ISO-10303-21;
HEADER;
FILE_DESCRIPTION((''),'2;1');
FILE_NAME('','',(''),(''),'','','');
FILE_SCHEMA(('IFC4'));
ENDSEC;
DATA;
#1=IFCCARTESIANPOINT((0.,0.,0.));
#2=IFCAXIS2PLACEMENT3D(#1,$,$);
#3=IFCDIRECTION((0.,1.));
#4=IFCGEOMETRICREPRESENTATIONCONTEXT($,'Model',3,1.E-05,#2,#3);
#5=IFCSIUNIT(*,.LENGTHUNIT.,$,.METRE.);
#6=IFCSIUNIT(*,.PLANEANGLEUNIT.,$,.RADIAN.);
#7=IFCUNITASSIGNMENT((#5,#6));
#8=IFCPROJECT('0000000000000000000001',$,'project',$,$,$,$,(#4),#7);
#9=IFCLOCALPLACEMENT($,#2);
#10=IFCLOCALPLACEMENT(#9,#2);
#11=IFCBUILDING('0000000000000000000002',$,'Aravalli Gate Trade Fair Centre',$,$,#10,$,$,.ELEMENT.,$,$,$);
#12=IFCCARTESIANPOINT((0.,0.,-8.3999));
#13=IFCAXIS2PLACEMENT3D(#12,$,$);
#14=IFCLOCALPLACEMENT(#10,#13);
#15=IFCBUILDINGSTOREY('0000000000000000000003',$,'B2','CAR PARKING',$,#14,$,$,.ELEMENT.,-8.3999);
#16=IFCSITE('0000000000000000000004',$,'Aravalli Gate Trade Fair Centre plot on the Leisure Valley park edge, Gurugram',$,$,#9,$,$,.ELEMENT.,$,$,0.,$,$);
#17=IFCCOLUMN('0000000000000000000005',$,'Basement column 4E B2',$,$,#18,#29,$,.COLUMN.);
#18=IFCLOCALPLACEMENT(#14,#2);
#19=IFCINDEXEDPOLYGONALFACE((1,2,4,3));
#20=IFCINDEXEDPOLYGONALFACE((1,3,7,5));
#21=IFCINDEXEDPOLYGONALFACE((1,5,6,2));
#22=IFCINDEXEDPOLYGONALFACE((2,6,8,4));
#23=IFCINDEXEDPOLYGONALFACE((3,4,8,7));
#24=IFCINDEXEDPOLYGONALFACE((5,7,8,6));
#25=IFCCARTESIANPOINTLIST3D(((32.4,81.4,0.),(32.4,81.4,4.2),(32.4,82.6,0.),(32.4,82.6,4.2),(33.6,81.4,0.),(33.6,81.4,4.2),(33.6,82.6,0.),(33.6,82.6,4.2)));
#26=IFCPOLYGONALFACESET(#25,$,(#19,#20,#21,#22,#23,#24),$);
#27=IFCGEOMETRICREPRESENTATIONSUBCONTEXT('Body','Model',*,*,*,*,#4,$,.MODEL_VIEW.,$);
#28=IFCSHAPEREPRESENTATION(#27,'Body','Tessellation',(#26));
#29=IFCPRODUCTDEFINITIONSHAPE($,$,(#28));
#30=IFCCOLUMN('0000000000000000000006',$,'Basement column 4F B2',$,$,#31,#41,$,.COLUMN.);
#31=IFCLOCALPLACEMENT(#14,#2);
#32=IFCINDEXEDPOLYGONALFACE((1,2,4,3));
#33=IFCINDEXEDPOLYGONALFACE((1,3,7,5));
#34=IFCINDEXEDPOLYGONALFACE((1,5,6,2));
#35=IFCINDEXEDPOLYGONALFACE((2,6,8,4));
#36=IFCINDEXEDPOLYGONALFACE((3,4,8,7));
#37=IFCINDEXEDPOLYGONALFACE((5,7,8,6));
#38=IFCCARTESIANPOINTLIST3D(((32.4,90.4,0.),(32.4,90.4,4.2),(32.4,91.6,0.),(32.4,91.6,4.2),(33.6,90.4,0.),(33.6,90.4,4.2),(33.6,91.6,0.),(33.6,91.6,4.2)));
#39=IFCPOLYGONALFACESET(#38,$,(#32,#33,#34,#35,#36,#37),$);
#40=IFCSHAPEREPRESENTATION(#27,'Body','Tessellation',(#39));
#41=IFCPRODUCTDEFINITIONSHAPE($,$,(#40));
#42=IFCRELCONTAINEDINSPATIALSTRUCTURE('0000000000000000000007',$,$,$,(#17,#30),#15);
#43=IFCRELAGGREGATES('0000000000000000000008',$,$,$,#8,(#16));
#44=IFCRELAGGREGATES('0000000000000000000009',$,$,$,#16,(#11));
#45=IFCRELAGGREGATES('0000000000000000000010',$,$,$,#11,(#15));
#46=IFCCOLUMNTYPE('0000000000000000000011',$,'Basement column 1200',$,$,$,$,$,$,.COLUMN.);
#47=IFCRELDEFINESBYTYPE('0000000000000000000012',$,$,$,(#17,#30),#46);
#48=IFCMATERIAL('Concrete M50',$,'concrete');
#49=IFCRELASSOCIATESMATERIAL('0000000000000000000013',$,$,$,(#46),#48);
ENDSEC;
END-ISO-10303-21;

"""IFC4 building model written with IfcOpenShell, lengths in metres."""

from ifc_helpers import new_model, si_unit, direction, frame, origin, origin_2d, place, context, subcontext, project, spatial, rectangle, extrude, material, material_profile, profile_set, type_object, element, save


model = new_model("IFC4")

# Units and contexts
model_context = context("Model", 3, precision=1e-05, world=origin(), true_north=direction((0.0, 1.0)))
body_context = subcontext(model_context, "Body", "Model", "MODEL_VIEW")
ifc_project = project(units=[si_unit("LENGTHUNIT", "METRE"), si_unit("PLANEANGLEUNIT", "RADIAN")], contexts=[model_context])

# Site, building, storey
site_placement = place(None, origin())
site = spatial("IfcSite", under=ifc_project, at=site_placement, Name="Aravalli Gate Trade Fair Centre plot on the Leisure Valley park edge, Gurugram", CompositionType="ELEMENT", RefElevation=0.0)
building_placement = place(site_placement, origin())
building = spatial("IfcBuilding", under=site, at=building_placement, Name="Aravalli Gate Trade Fair Centre", CompositionType="ELEMENT")
storey_placement = place(building_placement, frame((0.0, 0.0, -8.3999)))
storey = spatial("IfcBuildingStorey", under=building, at=storey_placement, Name="B2", Description="CAR PARKING", CompositionType="ELEMENT", Elevation=-8.3999)

# Columns
ifc_material_1 = material(Name="Concrete M50", Category="concrete")
ifc_material_profile_1 = material_profile(ifc_material_1, rectangle(XDim=1.2, YDim=1.2, at=origin_2d()), Name="RC 1200 x 1200")
ifc_profile_set_1 = profile_set([ifc_material_profile_1], Name="Concrete M50")
column_type = type_object("IfcColumnType", Name="Basement column 1200", PredefinedType="COLUMN", material=ifc_profile_set_1)
for number, where, z_axis, x_axis, name in (
    (1, (33.0, 82.0, 0.0), (0.0, 0.0, 1.0), (1.0, 0.0, 0.0), "Basement column 4E B2"),
    (2, (33.0, 91.0, 0.0), (0.0, 0.0, 1.0), (1.0, 0.0, 0.0), "Basement column 4F B2"),
):
    element("IfcColumn", number, at=place(storey_placement, frame(where, z_axis=z_axis, x_axis=x_axis)), inside=storey, type_object=column_type, Name=name, PredefinedType="COLUMN", context=body_context, shape_type="SweptSolid", body=[
        extrude(rectangle(XDim=1.2, YDim=1.2, at=origin_2d()), origin(), (0.0, 0.0, 1.0), 4.2),
    ])

save(model, "model.ifc")
